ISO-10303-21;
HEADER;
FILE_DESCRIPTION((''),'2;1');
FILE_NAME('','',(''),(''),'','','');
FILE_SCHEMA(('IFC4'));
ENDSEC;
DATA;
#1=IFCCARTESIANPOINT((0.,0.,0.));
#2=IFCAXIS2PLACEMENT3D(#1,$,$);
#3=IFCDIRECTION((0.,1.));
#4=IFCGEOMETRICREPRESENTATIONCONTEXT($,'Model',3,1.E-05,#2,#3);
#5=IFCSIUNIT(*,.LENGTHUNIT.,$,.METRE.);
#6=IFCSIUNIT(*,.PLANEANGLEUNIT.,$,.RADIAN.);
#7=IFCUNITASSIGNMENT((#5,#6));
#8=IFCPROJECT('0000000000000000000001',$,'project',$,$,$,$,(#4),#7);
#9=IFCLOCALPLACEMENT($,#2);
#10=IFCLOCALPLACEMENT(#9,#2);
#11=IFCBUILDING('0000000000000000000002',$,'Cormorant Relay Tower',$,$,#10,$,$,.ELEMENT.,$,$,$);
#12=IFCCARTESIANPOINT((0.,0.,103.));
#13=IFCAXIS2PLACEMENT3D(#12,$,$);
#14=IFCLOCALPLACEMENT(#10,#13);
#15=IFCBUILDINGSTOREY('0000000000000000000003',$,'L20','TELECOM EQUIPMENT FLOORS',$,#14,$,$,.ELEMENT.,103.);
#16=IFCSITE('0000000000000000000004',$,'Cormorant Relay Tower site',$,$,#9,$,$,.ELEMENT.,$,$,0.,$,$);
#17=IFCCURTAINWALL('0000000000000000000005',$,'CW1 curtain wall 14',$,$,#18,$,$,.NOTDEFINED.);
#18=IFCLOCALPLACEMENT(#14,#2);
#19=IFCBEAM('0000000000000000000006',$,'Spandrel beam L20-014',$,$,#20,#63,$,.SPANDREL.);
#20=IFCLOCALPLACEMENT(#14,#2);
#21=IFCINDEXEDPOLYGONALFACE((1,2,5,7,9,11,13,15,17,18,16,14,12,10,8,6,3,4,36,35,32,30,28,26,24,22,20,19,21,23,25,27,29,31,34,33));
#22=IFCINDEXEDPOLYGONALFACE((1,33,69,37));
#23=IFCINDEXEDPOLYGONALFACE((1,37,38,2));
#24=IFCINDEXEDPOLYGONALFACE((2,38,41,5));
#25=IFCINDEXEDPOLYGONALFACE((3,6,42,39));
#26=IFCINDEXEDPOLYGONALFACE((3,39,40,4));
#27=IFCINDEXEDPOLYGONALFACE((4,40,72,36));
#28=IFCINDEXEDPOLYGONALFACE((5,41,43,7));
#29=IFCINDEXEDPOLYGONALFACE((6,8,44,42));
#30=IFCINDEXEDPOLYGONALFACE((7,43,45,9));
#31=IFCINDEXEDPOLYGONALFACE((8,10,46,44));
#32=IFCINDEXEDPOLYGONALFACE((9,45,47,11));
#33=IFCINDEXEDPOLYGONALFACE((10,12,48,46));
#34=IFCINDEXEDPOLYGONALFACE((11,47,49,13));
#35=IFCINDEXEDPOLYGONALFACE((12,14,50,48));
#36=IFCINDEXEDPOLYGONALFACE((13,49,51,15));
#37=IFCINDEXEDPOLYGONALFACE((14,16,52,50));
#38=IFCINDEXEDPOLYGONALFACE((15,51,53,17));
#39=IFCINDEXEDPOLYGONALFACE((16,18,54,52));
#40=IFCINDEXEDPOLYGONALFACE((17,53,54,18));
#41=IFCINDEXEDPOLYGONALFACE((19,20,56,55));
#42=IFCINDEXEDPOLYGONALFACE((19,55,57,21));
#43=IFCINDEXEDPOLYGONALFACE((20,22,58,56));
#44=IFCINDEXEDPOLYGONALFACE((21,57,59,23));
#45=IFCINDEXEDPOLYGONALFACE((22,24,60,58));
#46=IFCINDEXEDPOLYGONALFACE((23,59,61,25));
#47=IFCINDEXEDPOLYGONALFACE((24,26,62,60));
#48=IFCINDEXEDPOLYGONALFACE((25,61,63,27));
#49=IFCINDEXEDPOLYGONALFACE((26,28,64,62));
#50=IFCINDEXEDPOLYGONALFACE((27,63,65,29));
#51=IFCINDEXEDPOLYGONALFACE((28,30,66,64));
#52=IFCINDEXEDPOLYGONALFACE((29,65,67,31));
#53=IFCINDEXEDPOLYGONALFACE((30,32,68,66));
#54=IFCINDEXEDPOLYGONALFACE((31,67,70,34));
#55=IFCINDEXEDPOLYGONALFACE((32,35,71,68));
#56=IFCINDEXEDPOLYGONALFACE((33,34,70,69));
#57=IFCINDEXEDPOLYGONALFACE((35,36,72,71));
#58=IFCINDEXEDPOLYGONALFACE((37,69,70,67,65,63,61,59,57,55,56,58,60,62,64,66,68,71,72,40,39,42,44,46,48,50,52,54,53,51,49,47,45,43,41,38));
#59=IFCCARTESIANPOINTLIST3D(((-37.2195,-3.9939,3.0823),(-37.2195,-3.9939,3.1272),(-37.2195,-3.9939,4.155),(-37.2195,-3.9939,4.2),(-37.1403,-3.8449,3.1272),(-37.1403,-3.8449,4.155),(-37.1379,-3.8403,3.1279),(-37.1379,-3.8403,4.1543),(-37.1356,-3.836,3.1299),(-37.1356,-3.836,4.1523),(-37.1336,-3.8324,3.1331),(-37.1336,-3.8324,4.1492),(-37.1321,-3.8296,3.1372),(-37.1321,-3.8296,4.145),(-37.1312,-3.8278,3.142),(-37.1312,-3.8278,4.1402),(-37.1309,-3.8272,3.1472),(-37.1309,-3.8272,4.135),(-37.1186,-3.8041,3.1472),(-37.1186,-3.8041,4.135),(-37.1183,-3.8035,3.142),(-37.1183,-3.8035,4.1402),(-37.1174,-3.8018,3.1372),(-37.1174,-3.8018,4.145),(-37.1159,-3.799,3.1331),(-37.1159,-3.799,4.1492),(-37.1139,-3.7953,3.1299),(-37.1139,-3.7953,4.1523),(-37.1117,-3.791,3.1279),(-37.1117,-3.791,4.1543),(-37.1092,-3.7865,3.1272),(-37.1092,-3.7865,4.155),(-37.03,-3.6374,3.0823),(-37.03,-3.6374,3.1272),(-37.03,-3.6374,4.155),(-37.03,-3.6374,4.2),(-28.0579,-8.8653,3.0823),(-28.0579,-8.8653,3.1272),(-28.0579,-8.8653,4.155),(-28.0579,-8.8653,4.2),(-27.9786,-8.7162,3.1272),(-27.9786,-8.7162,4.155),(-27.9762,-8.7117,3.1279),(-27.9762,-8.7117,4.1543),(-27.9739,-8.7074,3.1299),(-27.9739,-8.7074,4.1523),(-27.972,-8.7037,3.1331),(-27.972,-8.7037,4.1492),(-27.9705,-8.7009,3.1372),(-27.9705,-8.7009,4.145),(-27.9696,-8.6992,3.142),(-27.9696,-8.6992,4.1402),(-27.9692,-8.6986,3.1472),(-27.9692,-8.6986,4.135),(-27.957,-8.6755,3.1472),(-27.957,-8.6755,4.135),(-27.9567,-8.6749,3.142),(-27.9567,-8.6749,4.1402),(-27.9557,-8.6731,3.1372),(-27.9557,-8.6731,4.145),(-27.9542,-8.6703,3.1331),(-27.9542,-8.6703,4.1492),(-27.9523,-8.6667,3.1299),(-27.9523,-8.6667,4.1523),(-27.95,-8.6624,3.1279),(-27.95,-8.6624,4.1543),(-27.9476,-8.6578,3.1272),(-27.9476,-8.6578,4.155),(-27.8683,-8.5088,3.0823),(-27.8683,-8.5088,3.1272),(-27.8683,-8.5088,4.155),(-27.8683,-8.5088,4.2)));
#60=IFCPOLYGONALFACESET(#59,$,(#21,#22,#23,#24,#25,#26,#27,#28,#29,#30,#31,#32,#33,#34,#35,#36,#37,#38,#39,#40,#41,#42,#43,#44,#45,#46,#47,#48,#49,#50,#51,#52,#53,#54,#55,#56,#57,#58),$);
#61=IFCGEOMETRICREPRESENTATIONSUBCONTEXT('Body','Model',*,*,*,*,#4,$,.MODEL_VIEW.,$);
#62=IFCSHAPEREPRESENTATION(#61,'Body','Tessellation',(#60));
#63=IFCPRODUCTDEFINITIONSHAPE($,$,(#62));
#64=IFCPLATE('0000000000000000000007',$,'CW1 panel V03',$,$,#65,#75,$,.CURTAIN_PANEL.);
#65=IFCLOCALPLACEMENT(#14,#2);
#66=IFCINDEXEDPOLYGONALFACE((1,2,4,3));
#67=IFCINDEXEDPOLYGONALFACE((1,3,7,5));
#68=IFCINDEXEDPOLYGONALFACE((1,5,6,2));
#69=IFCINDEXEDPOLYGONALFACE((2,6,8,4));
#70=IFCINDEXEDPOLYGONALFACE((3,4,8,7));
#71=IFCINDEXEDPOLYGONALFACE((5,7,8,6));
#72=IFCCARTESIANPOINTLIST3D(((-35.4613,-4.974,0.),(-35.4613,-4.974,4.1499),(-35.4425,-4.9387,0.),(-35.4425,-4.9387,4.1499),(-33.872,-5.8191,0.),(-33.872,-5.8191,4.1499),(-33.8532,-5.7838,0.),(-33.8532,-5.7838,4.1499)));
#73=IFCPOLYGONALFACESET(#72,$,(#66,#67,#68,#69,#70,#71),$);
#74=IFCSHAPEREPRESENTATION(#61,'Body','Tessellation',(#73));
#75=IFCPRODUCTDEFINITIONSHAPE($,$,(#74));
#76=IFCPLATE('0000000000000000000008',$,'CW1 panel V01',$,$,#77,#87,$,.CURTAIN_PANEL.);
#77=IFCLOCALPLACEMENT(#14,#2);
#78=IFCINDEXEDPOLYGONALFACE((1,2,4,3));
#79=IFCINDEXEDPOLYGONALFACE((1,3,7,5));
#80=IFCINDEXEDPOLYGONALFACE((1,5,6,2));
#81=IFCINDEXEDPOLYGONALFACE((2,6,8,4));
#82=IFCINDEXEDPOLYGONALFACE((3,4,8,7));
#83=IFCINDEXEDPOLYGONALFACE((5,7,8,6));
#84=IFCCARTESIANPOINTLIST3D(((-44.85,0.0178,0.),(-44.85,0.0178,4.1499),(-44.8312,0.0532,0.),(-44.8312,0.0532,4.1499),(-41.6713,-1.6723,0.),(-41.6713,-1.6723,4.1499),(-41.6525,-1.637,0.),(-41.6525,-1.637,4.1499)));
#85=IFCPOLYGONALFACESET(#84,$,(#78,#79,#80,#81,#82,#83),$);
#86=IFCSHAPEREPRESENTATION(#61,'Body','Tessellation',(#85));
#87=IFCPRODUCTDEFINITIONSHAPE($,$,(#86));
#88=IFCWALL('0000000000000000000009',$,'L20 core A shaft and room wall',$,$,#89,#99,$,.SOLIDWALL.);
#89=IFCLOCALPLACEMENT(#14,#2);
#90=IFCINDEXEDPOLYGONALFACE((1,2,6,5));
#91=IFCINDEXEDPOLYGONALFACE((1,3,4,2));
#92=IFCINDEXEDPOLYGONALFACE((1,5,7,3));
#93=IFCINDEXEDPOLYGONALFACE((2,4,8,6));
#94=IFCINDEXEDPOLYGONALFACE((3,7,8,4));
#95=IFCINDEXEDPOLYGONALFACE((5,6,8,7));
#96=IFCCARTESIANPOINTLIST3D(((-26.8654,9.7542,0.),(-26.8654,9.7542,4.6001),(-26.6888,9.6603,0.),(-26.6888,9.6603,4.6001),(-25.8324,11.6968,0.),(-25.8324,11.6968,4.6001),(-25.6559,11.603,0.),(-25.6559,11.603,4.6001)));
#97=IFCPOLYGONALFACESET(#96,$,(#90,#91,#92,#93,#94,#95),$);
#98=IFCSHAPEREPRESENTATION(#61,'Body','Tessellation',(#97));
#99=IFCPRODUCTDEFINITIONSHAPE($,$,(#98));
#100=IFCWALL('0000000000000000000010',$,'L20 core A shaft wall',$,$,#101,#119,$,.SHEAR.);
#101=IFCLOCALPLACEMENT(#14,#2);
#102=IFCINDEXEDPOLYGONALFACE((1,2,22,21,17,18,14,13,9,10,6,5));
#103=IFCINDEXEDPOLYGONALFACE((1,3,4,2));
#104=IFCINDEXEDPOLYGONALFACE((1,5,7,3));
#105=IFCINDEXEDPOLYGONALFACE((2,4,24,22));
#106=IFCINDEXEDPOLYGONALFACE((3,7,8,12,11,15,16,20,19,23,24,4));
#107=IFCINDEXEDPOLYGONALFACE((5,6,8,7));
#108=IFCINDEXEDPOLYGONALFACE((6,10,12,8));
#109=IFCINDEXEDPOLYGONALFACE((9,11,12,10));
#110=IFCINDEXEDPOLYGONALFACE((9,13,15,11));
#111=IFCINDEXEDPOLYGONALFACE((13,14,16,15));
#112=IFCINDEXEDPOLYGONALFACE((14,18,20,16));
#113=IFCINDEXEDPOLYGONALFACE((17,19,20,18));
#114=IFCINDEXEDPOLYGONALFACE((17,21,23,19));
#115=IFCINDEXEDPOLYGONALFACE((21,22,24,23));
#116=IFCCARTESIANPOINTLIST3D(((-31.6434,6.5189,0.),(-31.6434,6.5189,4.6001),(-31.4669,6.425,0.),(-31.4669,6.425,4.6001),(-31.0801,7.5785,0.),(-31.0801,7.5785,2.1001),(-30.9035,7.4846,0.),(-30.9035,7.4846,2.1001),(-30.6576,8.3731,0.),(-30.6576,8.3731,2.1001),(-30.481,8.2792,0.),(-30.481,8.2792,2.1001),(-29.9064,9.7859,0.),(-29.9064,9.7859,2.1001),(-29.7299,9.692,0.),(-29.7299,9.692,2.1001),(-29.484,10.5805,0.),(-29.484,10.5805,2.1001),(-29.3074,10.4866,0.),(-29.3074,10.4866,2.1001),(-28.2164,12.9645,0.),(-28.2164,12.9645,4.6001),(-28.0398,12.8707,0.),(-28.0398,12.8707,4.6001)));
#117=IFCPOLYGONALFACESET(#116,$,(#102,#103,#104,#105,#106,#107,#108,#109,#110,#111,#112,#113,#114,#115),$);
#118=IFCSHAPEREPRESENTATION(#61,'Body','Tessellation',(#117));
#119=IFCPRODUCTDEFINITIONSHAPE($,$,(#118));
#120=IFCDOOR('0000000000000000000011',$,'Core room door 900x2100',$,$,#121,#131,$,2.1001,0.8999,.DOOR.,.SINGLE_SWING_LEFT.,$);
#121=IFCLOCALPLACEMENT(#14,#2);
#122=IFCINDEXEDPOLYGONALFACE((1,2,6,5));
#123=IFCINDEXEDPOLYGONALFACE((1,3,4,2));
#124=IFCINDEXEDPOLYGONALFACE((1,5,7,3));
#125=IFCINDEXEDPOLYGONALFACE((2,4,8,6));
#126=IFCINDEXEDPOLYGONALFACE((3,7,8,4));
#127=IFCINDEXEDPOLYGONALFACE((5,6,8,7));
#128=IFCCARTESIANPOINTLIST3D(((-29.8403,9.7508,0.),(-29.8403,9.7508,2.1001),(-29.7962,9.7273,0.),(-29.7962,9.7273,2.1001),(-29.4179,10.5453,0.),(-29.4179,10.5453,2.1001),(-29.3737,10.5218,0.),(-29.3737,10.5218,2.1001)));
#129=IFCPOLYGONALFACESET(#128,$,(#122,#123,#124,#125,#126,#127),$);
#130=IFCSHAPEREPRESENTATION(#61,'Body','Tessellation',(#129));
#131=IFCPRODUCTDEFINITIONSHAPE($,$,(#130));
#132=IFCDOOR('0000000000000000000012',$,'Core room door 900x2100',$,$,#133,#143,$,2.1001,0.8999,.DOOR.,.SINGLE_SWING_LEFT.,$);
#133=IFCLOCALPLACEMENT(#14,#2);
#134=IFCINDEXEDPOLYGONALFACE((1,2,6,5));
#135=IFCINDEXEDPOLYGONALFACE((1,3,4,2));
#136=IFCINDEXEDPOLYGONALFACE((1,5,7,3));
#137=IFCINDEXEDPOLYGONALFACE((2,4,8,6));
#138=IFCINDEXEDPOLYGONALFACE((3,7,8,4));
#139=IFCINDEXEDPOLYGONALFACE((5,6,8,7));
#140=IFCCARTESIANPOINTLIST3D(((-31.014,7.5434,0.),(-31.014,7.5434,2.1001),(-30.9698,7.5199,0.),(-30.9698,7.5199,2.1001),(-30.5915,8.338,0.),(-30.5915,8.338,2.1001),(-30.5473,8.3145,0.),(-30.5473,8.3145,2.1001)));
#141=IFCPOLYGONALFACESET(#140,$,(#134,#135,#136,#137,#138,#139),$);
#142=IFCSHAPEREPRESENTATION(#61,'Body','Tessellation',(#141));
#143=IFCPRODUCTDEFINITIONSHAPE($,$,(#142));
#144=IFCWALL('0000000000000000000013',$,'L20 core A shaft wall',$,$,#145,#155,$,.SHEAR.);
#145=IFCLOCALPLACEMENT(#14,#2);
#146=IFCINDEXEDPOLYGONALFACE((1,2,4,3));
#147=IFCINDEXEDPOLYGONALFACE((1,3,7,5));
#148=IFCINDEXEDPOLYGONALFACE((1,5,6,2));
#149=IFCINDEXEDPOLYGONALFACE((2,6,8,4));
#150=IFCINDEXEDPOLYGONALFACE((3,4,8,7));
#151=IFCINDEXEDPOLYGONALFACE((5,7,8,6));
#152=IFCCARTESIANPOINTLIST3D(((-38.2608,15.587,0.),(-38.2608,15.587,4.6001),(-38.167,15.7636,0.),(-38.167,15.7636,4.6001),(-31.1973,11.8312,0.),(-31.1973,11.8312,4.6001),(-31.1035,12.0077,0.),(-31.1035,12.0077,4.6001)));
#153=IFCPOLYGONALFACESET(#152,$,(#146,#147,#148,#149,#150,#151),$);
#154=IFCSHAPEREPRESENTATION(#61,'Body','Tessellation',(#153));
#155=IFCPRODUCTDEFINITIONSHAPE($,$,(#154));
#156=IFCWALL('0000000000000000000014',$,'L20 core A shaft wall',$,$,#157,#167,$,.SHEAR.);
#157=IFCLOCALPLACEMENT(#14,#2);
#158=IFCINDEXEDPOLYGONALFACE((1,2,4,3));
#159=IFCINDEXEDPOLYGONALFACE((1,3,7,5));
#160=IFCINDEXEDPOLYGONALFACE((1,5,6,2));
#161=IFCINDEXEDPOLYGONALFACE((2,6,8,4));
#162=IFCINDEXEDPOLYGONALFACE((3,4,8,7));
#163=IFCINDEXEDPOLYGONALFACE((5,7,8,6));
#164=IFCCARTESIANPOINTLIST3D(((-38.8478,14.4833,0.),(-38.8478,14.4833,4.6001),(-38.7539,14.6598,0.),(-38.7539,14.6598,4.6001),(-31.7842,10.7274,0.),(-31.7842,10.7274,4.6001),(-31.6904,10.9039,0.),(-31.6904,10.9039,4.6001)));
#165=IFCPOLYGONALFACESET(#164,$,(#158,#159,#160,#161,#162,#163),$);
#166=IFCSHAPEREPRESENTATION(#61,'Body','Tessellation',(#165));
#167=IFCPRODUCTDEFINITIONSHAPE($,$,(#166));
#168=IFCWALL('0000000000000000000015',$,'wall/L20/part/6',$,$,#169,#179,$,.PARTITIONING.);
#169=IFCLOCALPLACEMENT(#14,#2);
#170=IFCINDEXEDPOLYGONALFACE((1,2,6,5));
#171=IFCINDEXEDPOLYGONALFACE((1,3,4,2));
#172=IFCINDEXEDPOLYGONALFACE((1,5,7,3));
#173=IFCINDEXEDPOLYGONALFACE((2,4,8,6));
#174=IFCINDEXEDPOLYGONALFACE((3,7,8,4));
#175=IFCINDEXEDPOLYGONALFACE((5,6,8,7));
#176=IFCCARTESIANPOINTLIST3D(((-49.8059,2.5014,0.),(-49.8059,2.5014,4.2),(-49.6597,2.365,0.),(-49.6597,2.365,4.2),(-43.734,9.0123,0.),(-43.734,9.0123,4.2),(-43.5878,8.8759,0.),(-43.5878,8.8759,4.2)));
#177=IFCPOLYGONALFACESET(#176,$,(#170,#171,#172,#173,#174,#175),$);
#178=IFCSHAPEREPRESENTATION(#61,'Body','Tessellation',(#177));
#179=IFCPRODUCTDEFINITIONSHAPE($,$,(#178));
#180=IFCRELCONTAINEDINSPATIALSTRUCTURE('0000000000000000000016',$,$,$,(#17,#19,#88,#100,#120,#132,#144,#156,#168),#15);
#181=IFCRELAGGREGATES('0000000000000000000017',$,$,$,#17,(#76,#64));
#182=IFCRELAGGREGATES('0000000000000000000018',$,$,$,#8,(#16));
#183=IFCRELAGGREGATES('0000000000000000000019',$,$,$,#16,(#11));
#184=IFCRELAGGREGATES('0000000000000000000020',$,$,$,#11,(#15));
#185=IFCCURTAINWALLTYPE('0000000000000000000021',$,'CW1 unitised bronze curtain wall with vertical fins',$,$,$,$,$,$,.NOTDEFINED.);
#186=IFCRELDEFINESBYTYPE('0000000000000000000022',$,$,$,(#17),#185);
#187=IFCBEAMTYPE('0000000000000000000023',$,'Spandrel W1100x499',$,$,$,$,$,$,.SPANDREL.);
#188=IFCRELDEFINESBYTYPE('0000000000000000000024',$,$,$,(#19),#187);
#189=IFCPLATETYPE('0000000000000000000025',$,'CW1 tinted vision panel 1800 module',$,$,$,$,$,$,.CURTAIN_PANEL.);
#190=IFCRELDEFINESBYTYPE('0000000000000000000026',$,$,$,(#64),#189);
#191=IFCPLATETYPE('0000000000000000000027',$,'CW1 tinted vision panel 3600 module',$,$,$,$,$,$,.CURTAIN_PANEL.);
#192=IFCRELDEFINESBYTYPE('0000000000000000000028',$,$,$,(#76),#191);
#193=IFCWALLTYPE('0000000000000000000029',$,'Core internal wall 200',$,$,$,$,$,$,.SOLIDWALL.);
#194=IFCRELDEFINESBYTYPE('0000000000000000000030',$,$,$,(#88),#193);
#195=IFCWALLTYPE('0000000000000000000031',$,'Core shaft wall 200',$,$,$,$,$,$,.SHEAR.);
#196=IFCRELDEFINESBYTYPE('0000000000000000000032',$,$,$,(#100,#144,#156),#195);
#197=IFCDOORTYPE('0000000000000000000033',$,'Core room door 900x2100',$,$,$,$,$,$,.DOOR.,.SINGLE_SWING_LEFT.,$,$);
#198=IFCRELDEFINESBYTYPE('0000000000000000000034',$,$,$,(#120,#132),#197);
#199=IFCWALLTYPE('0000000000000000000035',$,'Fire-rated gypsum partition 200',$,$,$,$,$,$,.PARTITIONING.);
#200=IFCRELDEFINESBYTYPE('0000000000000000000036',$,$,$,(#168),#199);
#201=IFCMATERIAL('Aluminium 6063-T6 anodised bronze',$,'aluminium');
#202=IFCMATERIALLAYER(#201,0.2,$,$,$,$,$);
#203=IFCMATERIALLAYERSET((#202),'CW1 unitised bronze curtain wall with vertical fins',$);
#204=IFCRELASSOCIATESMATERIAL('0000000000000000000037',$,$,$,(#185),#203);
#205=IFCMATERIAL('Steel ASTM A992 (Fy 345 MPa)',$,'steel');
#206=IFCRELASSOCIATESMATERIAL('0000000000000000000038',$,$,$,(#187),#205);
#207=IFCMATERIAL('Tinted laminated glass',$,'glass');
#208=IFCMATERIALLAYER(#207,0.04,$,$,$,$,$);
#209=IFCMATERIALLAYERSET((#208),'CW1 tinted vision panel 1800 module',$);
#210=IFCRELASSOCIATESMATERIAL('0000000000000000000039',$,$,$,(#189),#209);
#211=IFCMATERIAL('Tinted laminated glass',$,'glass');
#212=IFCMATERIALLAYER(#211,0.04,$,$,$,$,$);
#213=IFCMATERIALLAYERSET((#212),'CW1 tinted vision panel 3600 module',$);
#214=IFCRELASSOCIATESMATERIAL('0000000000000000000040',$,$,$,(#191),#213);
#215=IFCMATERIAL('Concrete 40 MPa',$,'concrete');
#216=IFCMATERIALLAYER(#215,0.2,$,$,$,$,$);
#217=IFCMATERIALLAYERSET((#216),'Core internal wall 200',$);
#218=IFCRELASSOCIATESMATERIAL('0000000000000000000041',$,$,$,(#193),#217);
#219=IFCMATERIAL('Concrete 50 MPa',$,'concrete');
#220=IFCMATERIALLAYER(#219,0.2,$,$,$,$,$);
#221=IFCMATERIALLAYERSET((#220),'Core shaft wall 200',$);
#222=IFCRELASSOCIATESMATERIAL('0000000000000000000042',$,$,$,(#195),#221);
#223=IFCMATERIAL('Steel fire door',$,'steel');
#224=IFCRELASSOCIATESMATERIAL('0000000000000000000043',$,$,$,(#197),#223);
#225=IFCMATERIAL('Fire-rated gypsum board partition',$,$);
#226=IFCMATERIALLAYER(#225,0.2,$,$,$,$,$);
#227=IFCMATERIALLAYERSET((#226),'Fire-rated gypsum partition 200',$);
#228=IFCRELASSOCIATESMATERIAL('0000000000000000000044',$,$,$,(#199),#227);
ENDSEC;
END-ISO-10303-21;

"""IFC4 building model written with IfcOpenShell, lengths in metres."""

from ifc_helpers import new_model, si_unit, direction, frame, frame_2d, origin, origin_2d, place, context, subcontext, project, spatial, rectangle, i_section, extrude, material, layer, layer_set, material_profile, profile_set, type_object, element, fill, aggregate, save


model = new_model("IFC4")

# Units and contexts
model_context = context("Model", 3, precision=1e-05, world=origin(), true_north=direction((0.0, 1.0)))
body_context = subcontext(model_context, "Body", "Model", "MODEL_VIEW")
ifc_project = project(units=[si_unit("LENGTHUNIT", "METRE"), si_unit("PLANEANGLEUNIT", "RADIAN")], contexts=[model_context])

# Site, building, storey
site_placement = place(None, origin())
site = spatial("IfcSite", under=ifc_project, at=site_placement, Name="Cormorant Relay Tower site", CompositionType="ELEMENT", RefElevation=0.0)
building_placement = place(site_placement, origin())
building = spatial("IfcBuilding", under=site, at=building_placement, Name="Cormorant Relay Tower", CompositionType="ELEMENT")
storey_placement = place(building_placement, frame((0.0, 0.0, 103.0)))
storey = spatial("IfcBuildingStorey", under=building, at=storey_placement, Name="L20", Description="TELECOM EQUIPMENT FLOORS", CompositionType="ELEMENT", Elevation=103.0)

# Curtain wall
ifc_material_1 = material(Name="Aluminium 6063-T6 anodised bronze", Category="aluminium")
ifc_layer_1 = layer(ifc_material_1, 0.2)
ifc_layer_set_1 = layer_set([ifc_layer_1], Name="CW1 unitised bronze curtain wall with vertical fins")
curtain_wall_type = type_object("IfcCurtainWallType", Name="CW1 unitised bronze curtain wall with vertical fins", PredefinedType="NOTDEFINED", material=ifc_layer_set_1)
curtain_wall_placement = place(storey_placement, origin())
curtain_wall = element("IfcCurtainWall", 1, at=curtain_wall_placement, inside=storey, type_object=curtain_wall_type, Name="CW1 curtain wall 14", PredefinedType="NOTDEFINED")

# Beam
ifc_material_2 = material(Name="Steel ASTM A992 (Fy 345 MPa)", Category="steel")
ifc_material_profile_1 = material_profile(ifc_material_2, i_section(OverallWidth=0.4038, OverallDepth=1.1177, WebThickness=0.0261, FlangeThickness=0.0449, FilletRadius=0.02, at=origin_2d()), Name="W1100x499")
ifc_profile_set_1 = profile_set([ifc_material_profile_1], Name="Steel ASTM A992 (Fy 345 MPa)")
beam_type = type_object("IfcBeamType", Name="Spandrel W1100x499", PredefinedType="SPANDREL", material=ifc_profile_set_1)
beam_placement = place(storey_placement, frame((-37.1248, -3.8157, 3.6411), z_axis=(0.882947, -0.469473, 0.0), x_axis=(0.469473, 0.882947, 0.0)))
element("IfcBeam", 2, at=beam_placement, inside=storey, type_object=beam_type, Name="Spandrel beam L20-014", PredefinedType="SPANDREL", context=body_context, shape_type="SweptSolid", body=[
    extrude(i_section(OverallWidth=0.4038, OverallDepth=1.1177, WebThickness=0.0261, FlangeThickness=0.0449, FilletRadius=0.02, at=origin_2d()), origin(), (0.0, 0.0, 1.0), 10.3762),
])

# Plates
ifc_material_3 = material(Name="Tinted laminated glass", Category="glass")
ifc_layer_2 = layer(ifc_material_3, 0.04)
ifc_layer_set_2 = layer_set([ifc_layer_2], Name="CW1 tinted vision panel 1800 module")
plate_type_1 = type_object("IfcPlateType", Name="CW1 tinted vision panel 1800 module", PredefinedType="CURTAIN_PANEL", material=ifc_layer_set_2)
plate_1_placement = place(storey_placement, frame((-34.6572, -5.3789, 0.0), z_axis=(0.0, 0.0, 1.0), x_axis=(0.882948, -0.469472, 0.0)))
plate_1 = element("IfcPlate", 3, at=plate_1_placement, type_object=plate_type_1, Name="CW1 panel V03", PredefinedType="CURTAIN_PANEL", context=body_context, shape_type="SweptSolid", body=[
    extrude(rectangle(XDim=1.8, YDim=0.04, at=origin_2d()), origin(), (0.0, 0.0, 1.0), 4.1499),
])
ifc_material_4 = material(Name="Tinted laminated glass", Category="glass")
ifc_layer_3 = layer(ifc_material_4, 0.04)
ifc_layer_set_3 = layer_set([ifc_layer_3], Name="CW1 tinted vision panel 3600 module")
plate_type_2 = type_object("IfcPlateType", Name="CW1 tinted vision panel 3600 module", PredefinedType="CURTAIN_PANEL", material=ifc_layer_set_3)
plate_2_placement = place(storey_placement, frame((-43.2512, -0.8096, 0.0), z_axis=(0.0, 0.0, 1.0), x_axis=(0.882948, -0.469472, 0.0)))
plate_2 = element("IfcPlate", 4, at=plate_2_placement, type_object=plate_type_2, Name="CW1 panel V01", PredefinedType="CURTAIN_PANEL", context=body_context, shape_type="SweptSolid", body=[
    extrude(rectangle(XDim=3.6001, YDim=0.04, at=origin_2d()), origin(), (0.0, 0.0, 1.0), 4.1499),
])

# Wall
ifc_material_5 = material(Name="Concrete 40 MPa", Category="concrete")
ifc_layer_4 = layer(ifc_material_5, 0.2)
ifc_layer_set_4 = layer_set([ifc_layer_4], Name="Core internal wall 200")
wall_type_1 = type_object("IfcWallType", Name="Core internal wall 200", PredefinedType="SOLIDWALL", material=ifc_layer_set_4)
wall_1_placement = place(storey_placement, frame((-25.7441, 11.6499, 0.0), z_axis=(0.0, 0.0, 1.0), x_axis=(-0.469488, -0.882939, 0.0)))
element("IfcWall", 5, at=wall_1_placement, inside=storey, type_object=wall_type_1, Name="L20 core A shaft and room wall", PredefinedType="SOLIDWALL", context=body_context, shape_type="SweptSolid", body=[
    extrude(rectangle(XDim=2.2002, YDim=0.2, at=frame_2d((1.1001, 0.0))), origin(), (0.0, 0.0, 1.0), 4.6001),
])

# Wall, openings, doors
ifc_material_6 = material(Name="Concrete 50 MPa", Category="concrete")
ifc_layer_5 = layer(ifc_material_6, 0.2)
ifc_layer_set_5 = layer_set([ifc_layer_5], Name="Core shaft wall 200")
wall_type_2 = type_object("IfcWallType", Name="Core shaft wall 200", PredefinedType="SHEAR", material=ifc_layer_set_5)
wall_2_placement = place(storey_placement, frame((-28.1282, 12.9175, 0.0), z_axis=(0.0, 0.0, 1.0), x_axis=(-0.469454, -0.882957, 0.0)))
wall_2 = element("IfcWall", 6, at=wall_2_placement, inside=storey, type_object=wall_type_2, Name="L20 core A shaft wall", PredefinedType="SHEAR", context=body_context, shape_type="SweptSolid", body=[
    extrude(rectangle(XDim=7.3, YDim=0.2, at=frame_2d((3.6499, 0.0))), origin(), (0.0, 0.0, 1.0), 4.6001),
])
opening_1_placement = place(wall_2_placement, frame((2.7, 0.0, 0.0)))
opening_1 = element("IfcOpeningElement", 7, at=opening_1_placement, cuts=wall_2, PredefinedType="OPENING", context=body_context, shape_type="SweptSolid", body=[
    extrude(rectangle(XDim=0.8999, YDim=2.1001, at=frame_2d((0.45, 1.05))), frame((0.0, 0.1099, 0.0), z_axis=(0.0, -1.0, 0.0), x_axis=(1.0, 0.0, 0.0)), (0.0, 0.0, 1.0), 0.22),
])
opening_2_placement = place(wall_2_placement, frame((5.2, 0.0, 0.0)))
opening_2 = element("IfcOpeningElement", 8, at=opening_2_placement, cuts=wall_2, PredefinedType="OPENING", context=body_context, shape_type="SweptSolid", body=[
    extrude(rectangle(XDim=0.8999, YDim=2.1001, at=frame_2d((0.45, 1.05))), frame((0.0, 0.1099, 0.0), z_axis=(0.0, -1.0, 0.0), x_axis=(1.0, 0.0, 0.0)), (0.0, 0.0, 1.0), 0.22),
])
ifc_material_7 = material(Name="Steel fire door", Category="steel")
door_type = type_object("IfcDoorType", Name="Core room door 900x2100", OperationType="SINGLE_SWING_LEFT", PredefinedType="DOOR", material=ifc_material_7)
door_1_placement = place(opening_1_placement, origin())
door_1 = element("IfcDoor", 9, at=door_1_placement, inside=storey, type_object=door_type, Name="Core room door 900x2100", OperationType="SINGLE_SWING_LEFT", OverallHeight=2.1001, OverallWidth=0.8999, PredefinedType="DOOR", context=body_context, shape_type="SweptSolid", body=[
    extrude(rectangle(XDim=0.8999, YDim=2.1001, at=frame_2d((0.45, 1.05))), frame((0.0, 0.0249, 0.0), z_axis=(0.0, -1.0, 0.0), x_axis=(1.0, 0.0, 0.0)), (0.0, 0.0, 1.0), 0.05),
])
fill(opening_1, door_1)
door_2_placement = place(opening_2_placement, origin())
door_2 = element("IfcDoor", 10, at=door_2_placement, inside=storey, type_object=door_type, Name="Core room door 900x2100", OperationType="SINGLE_SWING_LEFT", OverallHeight=2.1001, OverallWidth=0.8999, PredefinedType="DOOR", context=body_context, shape_type="SweptSolid", body=[
    extrude(rectangle(XDim=0.8999, YDim=2.1001, at=frame_2d((0.45, 1.05))), frame((0.0, 0.0249, 0.0), z_axis=(0.0, -1.0, 0.0), x_axis=(1.0, 0.0, 0.0)), (0.0, 0.0, 1.0), 0.05),
])
fill(opening_2, door_2)

# Walls
for number, where, z_axis, x_axis, name in (
    (11, (-31.1504, 11.9194, 0.0), (0.0, 0.0, 1.0), (-0.88294, 0.469485, 0.0), "L20 core A shaft wall"),
    (12, (-31.7373, 10.8157, 0.0), (0.0, 0.0, 1.0), (-0.88294, 0.469485, 0.0), "L20 core A shaft wall"),
):
    element("IfcWall", number, at=place(storey_placement, frame(where, z_axis=z_axis, x_axis=x_axis)), inside=storey, type_object=wall_type_2, Name=name, PredefinedType="SHEAR", context=body_context, shape_type="SweptSolid", body=[
        extrude(rectangle(XDim=8.0, YDim=0.2, at=frame_2d((4.0, 0.0))), origin(), (0.0, 0.0, 1.0), 4.6001),
    ])
ifc_material_8 = material(Name="Fire-rated gypsum board partition")
ifc_layer_6 = layer(ifc_material_8, 0.2)
ifc_layer_set_6 = layer_set([ifc_layer_6], Name="Fire-rated gypsum partition 200")
wall_type_3 = type_object("IfcWallType", Name="Fire-rated gypsum partition 200", PredefinedType="PARTITIONING", material=ifc_layer_set_6)
wall_3_placement = place(storey_placement, frame((-43.6609, 8.9441, 0.0), z_axis=(0.0, 0.0, 1.0), x_axis=(-0.682024, -0.73133, 0.0)))
element("IfcWall", 13, at=wall_3_placement, inside=storey, type_object=wall_type_3, Name="wall/L20/part/6", PredefinedType="PARTITIONING", context=body_context, shape_type="SweptSolid", body=[
    extrude(rectangle(XDim=8.9028, YDim=0.2, at=frame_2d((4.4514, 0.0))), origin(), (0.0, 0.0, 1.0), 4.2),
])

aggregate(curtain_wall, [plate_2, plate_1])

save(model, "model.ifc")
